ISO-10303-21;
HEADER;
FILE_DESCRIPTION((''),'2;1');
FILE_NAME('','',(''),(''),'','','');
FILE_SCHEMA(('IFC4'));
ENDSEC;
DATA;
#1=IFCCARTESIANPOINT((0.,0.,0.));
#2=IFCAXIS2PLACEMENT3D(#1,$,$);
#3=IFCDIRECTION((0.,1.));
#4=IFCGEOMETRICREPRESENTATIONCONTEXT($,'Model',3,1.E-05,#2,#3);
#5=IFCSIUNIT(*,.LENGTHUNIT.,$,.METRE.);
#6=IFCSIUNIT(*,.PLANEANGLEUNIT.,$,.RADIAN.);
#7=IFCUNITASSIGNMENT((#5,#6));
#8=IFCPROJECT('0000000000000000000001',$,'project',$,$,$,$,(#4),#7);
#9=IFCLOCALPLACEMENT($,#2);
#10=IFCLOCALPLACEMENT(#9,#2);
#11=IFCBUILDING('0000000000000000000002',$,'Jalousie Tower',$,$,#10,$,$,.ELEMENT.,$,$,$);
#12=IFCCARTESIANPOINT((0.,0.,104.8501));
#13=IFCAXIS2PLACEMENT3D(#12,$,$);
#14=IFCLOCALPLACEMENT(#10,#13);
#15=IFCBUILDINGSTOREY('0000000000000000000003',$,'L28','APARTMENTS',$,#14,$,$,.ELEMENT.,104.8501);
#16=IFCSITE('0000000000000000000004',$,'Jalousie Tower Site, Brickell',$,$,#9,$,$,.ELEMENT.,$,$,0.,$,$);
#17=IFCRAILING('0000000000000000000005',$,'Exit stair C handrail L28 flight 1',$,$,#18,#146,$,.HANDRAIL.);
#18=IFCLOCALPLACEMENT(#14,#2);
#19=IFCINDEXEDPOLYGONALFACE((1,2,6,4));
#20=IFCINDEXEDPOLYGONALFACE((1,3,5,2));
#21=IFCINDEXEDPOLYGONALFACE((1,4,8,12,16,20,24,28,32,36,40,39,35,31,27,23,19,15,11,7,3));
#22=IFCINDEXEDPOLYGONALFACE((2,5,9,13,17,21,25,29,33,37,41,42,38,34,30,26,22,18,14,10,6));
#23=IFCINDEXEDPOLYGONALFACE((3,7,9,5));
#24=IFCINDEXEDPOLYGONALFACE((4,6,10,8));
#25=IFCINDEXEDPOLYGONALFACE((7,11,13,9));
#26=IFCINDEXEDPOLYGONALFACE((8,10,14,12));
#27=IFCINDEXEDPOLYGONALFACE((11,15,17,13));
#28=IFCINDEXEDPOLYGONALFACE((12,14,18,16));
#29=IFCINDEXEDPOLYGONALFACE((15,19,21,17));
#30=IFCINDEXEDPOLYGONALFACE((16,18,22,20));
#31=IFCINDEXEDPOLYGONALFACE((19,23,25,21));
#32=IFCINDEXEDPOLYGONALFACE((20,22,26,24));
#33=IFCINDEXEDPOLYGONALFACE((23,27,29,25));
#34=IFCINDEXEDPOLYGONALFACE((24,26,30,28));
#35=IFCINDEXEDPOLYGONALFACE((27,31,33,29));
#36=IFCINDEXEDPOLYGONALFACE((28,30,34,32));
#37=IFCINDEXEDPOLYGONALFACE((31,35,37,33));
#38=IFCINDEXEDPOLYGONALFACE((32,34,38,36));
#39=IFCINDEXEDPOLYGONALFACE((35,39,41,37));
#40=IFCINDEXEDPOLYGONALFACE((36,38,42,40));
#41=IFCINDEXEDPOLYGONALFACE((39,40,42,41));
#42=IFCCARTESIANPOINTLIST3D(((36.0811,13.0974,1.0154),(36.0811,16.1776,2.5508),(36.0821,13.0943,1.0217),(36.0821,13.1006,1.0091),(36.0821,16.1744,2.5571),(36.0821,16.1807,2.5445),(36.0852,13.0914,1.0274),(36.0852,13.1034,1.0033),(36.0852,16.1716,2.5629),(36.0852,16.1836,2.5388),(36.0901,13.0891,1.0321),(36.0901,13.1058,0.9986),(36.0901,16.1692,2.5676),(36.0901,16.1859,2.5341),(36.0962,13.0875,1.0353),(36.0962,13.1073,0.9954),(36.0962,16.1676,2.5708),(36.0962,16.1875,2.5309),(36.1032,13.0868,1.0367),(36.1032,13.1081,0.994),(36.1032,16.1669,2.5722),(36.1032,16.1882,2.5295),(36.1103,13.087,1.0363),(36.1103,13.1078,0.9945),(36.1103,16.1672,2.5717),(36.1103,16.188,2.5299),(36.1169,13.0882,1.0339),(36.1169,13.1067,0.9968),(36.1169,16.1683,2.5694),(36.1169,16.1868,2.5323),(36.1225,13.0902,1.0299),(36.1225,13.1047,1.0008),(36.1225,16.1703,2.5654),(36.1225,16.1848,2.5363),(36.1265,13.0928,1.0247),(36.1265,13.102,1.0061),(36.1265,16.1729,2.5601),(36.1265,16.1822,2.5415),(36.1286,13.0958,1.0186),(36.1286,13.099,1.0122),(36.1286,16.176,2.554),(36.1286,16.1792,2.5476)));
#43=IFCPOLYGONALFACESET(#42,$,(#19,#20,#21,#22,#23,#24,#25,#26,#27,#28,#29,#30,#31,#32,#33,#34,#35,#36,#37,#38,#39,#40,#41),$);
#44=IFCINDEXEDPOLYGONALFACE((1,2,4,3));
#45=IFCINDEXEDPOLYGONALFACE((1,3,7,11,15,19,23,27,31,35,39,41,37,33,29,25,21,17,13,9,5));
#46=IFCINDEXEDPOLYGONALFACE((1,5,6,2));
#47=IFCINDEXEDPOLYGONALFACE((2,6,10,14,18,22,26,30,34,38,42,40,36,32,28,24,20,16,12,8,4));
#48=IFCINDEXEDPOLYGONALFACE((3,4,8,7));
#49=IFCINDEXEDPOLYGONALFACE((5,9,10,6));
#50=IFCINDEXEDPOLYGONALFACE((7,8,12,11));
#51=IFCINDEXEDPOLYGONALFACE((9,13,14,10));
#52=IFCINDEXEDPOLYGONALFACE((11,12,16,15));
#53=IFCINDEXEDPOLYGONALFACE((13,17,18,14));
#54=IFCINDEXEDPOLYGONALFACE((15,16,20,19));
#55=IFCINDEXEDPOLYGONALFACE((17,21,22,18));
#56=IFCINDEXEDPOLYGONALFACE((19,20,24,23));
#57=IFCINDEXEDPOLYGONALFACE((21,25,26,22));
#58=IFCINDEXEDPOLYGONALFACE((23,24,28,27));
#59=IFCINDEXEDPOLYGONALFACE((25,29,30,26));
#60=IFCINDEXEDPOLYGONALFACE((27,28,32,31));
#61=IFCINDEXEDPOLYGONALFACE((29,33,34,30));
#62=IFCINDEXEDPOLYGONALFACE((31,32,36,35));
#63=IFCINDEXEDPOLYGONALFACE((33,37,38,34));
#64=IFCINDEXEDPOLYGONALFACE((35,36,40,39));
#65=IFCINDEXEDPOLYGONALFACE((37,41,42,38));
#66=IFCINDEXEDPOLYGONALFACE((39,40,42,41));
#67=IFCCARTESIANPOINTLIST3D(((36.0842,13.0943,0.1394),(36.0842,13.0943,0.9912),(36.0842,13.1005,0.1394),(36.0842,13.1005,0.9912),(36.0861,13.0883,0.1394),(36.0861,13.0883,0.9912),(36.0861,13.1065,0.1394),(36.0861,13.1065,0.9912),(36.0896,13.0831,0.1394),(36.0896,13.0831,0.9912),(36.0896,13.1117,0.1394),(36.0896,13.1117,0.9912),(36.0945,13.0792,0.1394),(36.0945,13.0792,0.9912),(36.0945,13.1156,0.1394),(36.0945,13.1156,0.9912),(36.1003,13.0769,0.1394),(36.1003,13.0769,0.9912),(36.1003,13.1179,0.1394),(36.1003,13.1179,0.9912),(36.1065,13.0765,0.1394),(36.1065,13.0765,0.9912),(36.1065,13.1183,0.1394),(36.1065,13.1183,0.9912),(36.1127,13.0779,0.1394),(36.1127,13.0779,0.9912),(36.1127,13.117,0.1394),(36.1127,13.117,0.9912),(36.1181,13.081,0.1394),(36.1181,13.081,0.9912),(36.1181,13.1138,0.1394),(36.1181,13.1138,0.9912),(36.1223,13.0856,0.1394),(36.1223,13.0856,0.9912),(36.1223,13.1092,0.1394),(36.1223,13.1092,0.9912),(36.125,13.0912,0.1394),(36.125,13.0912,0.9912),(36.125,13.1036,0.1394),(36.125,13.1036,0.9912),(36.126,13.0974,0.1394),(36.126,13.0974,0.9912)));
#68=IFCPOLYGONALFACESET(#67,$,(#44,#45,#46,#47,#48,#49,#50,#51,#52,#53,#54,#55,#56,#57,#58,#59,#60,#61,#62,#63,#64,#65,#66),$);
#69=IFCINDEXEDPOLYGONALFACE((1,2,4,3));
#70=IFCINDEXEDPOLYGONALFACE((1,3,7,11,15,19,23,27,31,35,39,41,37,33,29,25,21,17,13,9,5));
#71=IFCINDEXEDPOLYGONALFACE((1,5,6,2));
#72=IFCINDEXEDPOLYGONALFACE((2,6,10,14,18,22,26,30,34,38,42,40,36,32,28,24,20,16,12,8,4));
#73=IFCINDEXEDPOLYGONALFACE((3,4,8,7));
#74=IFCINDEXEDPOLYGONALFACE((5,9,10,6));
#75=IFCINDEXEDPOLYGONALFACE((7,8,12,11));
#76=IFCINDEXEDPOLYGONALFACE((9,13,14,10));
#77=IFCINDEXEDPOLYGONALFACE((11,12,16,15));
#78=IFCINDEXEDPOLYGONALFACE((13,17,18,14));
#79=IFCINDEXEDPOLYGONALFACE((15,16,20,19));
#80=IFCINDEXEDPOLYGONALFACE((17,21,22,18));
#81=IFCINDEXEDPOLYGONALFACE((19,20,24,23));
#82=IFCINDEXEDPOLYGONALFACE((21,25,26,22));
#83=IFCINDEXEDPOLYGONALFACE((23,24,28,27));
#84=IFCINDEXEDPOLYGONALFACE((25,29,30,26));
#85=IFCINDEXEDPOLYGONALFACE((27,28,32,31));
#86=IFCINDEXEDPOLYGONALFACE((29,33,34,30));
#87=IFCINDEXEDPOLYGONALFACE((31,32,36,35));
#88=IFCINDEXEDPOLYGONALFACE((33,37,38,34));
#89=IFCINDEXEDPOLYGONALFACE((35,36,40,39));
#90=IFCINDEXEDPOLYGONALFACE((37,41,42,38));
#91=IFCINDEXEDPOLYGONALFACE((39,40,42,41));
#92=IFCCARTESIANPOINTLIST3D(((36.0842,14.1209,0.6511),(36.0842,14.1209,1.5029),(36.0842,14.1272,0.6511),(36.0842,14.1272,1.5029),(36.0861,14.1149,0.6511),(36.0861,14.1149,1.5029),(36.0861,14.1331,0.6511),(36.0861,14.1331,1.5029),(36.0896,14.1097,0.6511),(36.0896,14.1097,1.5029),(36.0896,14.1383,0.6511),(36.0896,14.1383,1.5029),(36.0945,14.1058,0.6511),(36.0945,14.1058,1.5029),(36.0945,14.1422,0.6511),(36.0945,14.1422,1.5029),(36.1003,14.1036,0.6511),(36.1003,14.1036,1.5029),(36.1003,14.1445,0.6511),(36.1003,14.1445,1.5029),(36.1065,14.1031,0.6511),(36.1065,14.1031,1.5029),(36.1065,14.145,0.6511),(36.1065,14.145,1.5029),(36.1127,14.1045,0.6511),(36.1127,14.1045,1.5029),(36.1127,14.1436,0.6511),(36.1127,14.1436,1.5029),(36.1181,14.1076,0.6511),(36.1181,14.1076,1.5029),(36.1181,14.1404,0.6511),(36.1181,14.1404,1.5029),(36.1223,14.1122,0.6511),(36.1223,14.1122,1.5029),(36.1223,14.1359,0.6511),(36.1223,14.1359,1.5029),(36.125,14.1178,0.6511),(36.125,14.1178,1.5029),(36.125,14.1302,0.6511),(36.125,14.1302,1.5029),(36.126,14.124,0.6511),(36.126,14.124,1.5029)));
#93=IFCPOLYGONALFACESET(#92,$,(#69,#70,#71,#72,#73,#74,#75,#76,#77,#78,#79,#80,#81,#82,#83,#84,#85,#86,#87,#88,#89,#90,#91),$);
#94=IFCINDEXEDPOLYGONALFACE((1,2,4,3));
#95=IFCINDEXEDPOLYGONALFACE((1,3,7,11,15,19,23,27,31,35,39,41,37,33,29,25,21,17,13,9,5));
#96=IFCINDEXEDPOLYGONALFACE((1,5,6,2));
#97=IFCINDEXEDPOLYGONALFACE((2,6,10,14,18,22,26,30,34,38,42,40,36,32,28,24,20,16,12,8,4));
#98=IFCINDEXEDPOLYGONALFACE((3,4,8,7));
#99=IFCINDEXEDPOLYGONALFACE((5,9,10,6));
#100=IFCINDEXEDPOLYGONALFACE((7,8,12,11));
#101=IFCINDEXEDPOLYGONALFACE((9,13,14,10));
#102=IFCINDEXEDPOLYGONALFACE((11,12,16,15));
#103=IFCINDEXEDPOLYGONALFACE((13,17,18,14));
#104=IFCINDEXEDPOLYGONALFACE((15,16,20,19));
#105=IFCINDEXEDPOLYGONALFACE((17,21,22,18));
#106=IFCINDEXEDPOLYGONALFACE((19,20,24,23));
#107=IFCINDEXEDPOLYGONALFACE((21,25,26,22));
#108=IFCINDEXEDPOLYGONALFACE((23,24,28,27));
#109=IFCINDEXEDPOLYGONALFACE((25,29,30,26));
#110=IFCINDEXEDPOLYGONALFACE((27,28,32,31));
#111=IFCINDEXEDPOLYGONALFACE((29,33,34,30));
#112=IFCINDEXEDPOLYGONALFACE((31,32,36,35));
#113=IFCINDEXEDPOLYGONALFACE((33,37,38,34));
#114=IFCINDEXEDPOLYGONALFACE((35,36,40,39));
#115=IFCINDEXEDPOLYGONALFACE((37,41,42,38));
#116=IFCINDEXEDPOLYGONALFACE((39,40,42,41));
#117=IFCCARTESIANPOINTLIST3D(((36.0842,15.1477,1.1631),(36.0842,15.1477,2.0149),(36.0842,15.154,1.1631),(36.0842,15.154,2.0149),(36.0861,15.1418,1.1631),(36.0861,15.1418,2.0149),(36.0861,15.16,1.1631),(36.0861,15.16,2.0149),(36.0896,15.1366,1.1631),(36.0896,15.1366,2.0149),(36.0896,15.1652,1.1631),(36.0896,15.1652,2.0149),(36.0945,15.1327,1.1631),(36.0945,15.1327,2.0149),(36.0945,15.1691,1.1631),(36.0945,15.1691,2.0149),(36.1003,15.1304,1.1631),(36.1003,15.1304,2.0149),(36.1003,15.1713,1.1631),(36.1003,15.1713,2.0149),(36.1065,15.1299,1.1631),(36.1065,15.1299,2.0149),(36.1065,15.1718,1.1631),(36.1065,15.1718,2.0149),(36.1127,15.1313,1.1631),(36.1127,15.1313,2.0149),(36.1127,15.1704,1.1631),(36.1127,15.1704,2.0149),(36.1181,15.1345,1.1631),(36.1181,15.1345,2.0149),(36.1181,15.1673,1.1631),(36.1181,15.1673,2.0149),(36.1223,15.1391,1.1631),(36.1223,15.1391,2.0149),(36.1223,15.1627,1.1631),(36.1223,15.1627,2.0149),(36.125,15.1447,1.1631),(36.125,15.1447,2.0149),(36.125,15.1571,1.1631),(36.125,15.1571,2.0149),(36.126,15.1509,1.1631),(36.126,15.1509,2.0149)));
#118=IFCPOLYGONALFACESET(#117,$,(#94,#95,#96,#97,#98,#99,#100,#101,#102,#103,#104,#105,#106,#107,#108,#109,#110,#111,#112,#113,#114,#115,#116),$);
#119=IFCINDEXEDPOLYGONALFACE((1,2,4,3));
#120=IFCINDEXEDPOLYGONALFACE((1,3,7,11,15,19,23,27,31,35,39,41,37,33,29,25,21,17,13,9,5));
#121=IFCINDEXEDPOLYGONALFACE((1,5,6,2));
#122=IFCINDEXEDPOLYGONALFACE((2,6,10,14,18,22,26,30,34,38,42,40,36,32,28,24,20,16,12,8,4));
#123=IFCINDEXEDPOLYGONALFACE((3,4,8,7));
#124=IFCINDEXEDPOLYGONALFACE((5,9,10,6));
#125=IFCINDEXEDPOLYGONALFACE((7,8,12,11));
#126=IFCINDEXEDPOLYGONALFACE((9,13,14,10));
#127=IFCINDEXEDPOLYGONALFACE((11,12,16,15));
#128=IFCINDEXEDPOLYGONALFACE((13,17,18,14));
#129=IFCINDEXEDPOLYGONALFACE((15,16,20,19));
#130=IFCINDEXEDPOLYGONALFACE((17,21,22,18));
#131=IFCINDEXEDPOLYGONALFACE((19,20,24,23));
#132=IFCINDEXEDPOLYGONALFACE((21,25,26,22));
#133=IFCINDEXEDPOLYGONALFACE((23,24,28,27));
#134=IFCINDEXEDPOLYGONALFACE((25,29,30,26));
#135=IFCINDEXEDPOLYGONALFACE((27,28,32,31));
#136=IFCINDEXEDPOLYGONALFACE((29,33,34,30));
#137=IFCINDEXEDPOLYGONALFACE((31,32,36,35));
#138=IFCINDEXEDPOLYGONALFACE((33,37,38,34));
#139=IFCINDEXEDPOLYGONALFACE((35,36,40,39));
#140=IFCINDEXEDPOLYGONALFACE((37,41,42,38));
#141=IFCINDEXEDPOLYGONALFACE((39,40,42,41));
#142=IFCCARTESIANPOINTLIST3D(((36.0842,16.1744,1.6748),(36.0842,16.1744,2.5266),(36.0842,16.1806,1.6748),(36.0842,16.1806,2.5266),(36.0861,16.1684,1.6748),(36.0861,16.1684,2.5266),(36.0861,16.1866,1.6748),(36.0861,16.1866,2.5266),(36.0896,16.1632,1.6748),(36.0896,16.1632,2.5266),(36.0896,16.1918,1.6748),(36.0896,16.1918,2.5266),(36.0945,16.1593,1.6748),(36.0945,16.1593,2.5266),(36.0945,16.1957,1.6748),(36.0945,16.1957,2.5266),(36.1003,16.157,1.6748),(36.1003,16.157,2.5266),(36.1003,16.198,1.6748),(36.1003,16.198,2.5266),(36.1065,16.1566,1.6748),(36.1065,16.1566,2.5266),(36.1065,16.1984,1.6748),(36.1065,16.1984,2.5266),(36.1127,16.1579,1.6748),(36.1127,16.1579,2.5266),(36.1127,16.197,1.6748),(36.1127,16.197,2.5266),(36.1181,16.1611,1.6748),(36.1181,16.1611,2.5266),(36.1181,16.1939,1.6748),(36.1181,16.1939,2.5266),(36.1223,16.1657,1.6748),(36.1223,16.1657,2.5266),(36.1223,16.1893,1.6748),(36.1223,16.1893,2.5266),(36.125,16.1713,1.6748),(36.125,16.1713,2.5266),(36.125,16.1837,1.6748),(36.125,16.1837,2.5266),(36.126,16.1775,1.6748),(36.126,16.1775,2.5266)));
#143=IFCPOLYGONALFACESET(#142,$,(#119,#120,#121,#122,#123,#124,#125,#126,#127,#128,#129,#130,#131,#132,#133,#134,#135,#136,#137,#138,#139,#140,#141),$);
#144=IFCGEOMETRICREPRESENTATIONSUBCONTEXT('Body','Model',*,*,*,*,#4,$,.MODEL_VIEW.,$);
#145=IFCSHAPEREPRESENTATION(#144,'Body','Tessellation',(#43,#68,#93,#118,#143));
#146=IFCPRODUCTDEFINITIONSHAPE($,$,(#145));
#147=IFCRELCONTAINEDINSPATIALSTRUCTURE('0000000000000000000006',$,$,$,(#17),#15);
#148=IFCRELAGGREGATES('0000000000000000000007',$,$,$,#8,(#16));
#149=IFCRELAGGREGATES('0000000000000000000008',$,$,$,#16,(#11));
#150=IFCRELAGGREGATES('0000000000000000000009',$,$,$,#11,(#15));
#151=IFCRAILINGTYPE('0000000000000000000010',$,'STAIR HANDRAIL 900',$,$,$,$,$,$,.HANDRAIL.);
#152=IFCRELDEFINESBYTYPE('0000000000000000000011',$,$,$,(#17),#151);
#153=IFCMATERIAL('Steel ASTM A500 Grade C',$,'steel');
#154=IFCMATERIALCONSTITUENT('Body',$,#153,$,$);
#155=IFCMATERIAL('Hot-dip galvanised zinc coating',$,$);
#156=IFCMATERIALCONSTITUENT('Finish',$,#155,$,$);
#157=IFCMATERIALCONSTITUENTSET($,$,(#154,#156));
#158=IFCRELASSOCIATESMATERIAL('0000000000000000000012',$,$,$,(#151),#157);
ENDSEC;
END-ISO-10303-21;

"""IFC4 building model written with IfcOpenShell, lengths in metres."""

from ifc_helpers import new_model, si_unit, direction, frame, origin, origin_2d, place, context, subcontext, project, spatial, circle, extrude, material, constituent, constituent_set, type_object, element, save


model = new_model("IFC4")

# Units and contexts
model_context = context("Model", 3, precision=1e-05, world=origin(), true_north=direction((0.0, 1.0)))
body_context = subcontext(model_context, "Body", "Model", "MODEL_VIEW")
ifc_project = project(units=[si_unit("LENGTHUNIT", "METRE"), si_unit("PLANEANGLEUNIT", "RADIAN")], contexts=[model_context])

# Site, building, storey
site_placement = place(None, origin())
site = spatial("IfcSite", under=ifc_project, at=site_placement, Name="Jalousie Tower Site, Brickell", CompositionType="ELEMENT", RefElevation=0.0)
building_placement = place(site_placement, origin())
building = spatial("IfcBuilding", under=site, at=building_placement, Name="Jalousie Tower", CompositionType="ELEMENT")
storey_placement = place(building_placement, frame((0.0, 0.0, 104.8501)))
storey = spatial("IfcBuildingStorey", under=building, at=storey_placement, Name="L28", Description="APARTMENTS", CompositionType="ELEMENT", Elevation=104.8501)

# Railing
ifc_material_1 = material(Name="Steel ASTM A500 Grade C", Category="steel")
ifc_constituent_1 = constituent(ifc_material_1, Name="Body")
ifc_material_2 = material(Name="Hot-dip galvanised zinc coating")
ifc_constituent_2 = constituent(ifc_material_2, Name="Finish")
ifc_constituent_set_1 = constituent_set(constituents=[ifc_constituent_1, ifc_constituent_2])
railing_type_1 = type_object("IfcRailingType", Name="STAIR HANDRAIL 900", PredefinedType="HANDRAIL", material=ifc_constituent_set_1)
railing_1_placement = place(storey_placement, frame((36.105, 13.0974, 0.1394)))
element("IfcRailing", 1, at=railing_1_placement, inside=storey, type_object=railing_type_1, Name="Exit stair C handrail L28 flight 1", PredefinedType="HANDRAIL", context=body_context, shape_type="SweptSolid", body=[
    extrude(circle(Radius=0.0239, at=origin_2d()), frame((0.0, 0.0, 0.876), z_axis=(0.0, 0.894966, 0.446135), x_axis=(-1.0, 0.0, 0.0)), (0.0, 0.0, 1.0), 3.4417),
    extrude(circle(Radius=0.021, at=origin_2d()), origin(), (0.0, 0.0, 1.0), 0.8518),
    extrude(circle(Radius=0.021, at=origin_2d()), frame((0.0, 1.0266, 0.5117)), (0.0, 0.0, 1.0), 0.8518),
    extrude(circle(Radius=0.021, at=origin_2d()), frame((0.0, 2.0535, 1.0237)), (0.0, 0.0, 1.0), 0.8518),
    extrude(circle(Radius=0.021, at=origin_2d()), frame((0.0, 3.0801, 1.5354)), (0.0, 0.0, 1.0), 0.8518),
])

save(model, "model.ifc")
